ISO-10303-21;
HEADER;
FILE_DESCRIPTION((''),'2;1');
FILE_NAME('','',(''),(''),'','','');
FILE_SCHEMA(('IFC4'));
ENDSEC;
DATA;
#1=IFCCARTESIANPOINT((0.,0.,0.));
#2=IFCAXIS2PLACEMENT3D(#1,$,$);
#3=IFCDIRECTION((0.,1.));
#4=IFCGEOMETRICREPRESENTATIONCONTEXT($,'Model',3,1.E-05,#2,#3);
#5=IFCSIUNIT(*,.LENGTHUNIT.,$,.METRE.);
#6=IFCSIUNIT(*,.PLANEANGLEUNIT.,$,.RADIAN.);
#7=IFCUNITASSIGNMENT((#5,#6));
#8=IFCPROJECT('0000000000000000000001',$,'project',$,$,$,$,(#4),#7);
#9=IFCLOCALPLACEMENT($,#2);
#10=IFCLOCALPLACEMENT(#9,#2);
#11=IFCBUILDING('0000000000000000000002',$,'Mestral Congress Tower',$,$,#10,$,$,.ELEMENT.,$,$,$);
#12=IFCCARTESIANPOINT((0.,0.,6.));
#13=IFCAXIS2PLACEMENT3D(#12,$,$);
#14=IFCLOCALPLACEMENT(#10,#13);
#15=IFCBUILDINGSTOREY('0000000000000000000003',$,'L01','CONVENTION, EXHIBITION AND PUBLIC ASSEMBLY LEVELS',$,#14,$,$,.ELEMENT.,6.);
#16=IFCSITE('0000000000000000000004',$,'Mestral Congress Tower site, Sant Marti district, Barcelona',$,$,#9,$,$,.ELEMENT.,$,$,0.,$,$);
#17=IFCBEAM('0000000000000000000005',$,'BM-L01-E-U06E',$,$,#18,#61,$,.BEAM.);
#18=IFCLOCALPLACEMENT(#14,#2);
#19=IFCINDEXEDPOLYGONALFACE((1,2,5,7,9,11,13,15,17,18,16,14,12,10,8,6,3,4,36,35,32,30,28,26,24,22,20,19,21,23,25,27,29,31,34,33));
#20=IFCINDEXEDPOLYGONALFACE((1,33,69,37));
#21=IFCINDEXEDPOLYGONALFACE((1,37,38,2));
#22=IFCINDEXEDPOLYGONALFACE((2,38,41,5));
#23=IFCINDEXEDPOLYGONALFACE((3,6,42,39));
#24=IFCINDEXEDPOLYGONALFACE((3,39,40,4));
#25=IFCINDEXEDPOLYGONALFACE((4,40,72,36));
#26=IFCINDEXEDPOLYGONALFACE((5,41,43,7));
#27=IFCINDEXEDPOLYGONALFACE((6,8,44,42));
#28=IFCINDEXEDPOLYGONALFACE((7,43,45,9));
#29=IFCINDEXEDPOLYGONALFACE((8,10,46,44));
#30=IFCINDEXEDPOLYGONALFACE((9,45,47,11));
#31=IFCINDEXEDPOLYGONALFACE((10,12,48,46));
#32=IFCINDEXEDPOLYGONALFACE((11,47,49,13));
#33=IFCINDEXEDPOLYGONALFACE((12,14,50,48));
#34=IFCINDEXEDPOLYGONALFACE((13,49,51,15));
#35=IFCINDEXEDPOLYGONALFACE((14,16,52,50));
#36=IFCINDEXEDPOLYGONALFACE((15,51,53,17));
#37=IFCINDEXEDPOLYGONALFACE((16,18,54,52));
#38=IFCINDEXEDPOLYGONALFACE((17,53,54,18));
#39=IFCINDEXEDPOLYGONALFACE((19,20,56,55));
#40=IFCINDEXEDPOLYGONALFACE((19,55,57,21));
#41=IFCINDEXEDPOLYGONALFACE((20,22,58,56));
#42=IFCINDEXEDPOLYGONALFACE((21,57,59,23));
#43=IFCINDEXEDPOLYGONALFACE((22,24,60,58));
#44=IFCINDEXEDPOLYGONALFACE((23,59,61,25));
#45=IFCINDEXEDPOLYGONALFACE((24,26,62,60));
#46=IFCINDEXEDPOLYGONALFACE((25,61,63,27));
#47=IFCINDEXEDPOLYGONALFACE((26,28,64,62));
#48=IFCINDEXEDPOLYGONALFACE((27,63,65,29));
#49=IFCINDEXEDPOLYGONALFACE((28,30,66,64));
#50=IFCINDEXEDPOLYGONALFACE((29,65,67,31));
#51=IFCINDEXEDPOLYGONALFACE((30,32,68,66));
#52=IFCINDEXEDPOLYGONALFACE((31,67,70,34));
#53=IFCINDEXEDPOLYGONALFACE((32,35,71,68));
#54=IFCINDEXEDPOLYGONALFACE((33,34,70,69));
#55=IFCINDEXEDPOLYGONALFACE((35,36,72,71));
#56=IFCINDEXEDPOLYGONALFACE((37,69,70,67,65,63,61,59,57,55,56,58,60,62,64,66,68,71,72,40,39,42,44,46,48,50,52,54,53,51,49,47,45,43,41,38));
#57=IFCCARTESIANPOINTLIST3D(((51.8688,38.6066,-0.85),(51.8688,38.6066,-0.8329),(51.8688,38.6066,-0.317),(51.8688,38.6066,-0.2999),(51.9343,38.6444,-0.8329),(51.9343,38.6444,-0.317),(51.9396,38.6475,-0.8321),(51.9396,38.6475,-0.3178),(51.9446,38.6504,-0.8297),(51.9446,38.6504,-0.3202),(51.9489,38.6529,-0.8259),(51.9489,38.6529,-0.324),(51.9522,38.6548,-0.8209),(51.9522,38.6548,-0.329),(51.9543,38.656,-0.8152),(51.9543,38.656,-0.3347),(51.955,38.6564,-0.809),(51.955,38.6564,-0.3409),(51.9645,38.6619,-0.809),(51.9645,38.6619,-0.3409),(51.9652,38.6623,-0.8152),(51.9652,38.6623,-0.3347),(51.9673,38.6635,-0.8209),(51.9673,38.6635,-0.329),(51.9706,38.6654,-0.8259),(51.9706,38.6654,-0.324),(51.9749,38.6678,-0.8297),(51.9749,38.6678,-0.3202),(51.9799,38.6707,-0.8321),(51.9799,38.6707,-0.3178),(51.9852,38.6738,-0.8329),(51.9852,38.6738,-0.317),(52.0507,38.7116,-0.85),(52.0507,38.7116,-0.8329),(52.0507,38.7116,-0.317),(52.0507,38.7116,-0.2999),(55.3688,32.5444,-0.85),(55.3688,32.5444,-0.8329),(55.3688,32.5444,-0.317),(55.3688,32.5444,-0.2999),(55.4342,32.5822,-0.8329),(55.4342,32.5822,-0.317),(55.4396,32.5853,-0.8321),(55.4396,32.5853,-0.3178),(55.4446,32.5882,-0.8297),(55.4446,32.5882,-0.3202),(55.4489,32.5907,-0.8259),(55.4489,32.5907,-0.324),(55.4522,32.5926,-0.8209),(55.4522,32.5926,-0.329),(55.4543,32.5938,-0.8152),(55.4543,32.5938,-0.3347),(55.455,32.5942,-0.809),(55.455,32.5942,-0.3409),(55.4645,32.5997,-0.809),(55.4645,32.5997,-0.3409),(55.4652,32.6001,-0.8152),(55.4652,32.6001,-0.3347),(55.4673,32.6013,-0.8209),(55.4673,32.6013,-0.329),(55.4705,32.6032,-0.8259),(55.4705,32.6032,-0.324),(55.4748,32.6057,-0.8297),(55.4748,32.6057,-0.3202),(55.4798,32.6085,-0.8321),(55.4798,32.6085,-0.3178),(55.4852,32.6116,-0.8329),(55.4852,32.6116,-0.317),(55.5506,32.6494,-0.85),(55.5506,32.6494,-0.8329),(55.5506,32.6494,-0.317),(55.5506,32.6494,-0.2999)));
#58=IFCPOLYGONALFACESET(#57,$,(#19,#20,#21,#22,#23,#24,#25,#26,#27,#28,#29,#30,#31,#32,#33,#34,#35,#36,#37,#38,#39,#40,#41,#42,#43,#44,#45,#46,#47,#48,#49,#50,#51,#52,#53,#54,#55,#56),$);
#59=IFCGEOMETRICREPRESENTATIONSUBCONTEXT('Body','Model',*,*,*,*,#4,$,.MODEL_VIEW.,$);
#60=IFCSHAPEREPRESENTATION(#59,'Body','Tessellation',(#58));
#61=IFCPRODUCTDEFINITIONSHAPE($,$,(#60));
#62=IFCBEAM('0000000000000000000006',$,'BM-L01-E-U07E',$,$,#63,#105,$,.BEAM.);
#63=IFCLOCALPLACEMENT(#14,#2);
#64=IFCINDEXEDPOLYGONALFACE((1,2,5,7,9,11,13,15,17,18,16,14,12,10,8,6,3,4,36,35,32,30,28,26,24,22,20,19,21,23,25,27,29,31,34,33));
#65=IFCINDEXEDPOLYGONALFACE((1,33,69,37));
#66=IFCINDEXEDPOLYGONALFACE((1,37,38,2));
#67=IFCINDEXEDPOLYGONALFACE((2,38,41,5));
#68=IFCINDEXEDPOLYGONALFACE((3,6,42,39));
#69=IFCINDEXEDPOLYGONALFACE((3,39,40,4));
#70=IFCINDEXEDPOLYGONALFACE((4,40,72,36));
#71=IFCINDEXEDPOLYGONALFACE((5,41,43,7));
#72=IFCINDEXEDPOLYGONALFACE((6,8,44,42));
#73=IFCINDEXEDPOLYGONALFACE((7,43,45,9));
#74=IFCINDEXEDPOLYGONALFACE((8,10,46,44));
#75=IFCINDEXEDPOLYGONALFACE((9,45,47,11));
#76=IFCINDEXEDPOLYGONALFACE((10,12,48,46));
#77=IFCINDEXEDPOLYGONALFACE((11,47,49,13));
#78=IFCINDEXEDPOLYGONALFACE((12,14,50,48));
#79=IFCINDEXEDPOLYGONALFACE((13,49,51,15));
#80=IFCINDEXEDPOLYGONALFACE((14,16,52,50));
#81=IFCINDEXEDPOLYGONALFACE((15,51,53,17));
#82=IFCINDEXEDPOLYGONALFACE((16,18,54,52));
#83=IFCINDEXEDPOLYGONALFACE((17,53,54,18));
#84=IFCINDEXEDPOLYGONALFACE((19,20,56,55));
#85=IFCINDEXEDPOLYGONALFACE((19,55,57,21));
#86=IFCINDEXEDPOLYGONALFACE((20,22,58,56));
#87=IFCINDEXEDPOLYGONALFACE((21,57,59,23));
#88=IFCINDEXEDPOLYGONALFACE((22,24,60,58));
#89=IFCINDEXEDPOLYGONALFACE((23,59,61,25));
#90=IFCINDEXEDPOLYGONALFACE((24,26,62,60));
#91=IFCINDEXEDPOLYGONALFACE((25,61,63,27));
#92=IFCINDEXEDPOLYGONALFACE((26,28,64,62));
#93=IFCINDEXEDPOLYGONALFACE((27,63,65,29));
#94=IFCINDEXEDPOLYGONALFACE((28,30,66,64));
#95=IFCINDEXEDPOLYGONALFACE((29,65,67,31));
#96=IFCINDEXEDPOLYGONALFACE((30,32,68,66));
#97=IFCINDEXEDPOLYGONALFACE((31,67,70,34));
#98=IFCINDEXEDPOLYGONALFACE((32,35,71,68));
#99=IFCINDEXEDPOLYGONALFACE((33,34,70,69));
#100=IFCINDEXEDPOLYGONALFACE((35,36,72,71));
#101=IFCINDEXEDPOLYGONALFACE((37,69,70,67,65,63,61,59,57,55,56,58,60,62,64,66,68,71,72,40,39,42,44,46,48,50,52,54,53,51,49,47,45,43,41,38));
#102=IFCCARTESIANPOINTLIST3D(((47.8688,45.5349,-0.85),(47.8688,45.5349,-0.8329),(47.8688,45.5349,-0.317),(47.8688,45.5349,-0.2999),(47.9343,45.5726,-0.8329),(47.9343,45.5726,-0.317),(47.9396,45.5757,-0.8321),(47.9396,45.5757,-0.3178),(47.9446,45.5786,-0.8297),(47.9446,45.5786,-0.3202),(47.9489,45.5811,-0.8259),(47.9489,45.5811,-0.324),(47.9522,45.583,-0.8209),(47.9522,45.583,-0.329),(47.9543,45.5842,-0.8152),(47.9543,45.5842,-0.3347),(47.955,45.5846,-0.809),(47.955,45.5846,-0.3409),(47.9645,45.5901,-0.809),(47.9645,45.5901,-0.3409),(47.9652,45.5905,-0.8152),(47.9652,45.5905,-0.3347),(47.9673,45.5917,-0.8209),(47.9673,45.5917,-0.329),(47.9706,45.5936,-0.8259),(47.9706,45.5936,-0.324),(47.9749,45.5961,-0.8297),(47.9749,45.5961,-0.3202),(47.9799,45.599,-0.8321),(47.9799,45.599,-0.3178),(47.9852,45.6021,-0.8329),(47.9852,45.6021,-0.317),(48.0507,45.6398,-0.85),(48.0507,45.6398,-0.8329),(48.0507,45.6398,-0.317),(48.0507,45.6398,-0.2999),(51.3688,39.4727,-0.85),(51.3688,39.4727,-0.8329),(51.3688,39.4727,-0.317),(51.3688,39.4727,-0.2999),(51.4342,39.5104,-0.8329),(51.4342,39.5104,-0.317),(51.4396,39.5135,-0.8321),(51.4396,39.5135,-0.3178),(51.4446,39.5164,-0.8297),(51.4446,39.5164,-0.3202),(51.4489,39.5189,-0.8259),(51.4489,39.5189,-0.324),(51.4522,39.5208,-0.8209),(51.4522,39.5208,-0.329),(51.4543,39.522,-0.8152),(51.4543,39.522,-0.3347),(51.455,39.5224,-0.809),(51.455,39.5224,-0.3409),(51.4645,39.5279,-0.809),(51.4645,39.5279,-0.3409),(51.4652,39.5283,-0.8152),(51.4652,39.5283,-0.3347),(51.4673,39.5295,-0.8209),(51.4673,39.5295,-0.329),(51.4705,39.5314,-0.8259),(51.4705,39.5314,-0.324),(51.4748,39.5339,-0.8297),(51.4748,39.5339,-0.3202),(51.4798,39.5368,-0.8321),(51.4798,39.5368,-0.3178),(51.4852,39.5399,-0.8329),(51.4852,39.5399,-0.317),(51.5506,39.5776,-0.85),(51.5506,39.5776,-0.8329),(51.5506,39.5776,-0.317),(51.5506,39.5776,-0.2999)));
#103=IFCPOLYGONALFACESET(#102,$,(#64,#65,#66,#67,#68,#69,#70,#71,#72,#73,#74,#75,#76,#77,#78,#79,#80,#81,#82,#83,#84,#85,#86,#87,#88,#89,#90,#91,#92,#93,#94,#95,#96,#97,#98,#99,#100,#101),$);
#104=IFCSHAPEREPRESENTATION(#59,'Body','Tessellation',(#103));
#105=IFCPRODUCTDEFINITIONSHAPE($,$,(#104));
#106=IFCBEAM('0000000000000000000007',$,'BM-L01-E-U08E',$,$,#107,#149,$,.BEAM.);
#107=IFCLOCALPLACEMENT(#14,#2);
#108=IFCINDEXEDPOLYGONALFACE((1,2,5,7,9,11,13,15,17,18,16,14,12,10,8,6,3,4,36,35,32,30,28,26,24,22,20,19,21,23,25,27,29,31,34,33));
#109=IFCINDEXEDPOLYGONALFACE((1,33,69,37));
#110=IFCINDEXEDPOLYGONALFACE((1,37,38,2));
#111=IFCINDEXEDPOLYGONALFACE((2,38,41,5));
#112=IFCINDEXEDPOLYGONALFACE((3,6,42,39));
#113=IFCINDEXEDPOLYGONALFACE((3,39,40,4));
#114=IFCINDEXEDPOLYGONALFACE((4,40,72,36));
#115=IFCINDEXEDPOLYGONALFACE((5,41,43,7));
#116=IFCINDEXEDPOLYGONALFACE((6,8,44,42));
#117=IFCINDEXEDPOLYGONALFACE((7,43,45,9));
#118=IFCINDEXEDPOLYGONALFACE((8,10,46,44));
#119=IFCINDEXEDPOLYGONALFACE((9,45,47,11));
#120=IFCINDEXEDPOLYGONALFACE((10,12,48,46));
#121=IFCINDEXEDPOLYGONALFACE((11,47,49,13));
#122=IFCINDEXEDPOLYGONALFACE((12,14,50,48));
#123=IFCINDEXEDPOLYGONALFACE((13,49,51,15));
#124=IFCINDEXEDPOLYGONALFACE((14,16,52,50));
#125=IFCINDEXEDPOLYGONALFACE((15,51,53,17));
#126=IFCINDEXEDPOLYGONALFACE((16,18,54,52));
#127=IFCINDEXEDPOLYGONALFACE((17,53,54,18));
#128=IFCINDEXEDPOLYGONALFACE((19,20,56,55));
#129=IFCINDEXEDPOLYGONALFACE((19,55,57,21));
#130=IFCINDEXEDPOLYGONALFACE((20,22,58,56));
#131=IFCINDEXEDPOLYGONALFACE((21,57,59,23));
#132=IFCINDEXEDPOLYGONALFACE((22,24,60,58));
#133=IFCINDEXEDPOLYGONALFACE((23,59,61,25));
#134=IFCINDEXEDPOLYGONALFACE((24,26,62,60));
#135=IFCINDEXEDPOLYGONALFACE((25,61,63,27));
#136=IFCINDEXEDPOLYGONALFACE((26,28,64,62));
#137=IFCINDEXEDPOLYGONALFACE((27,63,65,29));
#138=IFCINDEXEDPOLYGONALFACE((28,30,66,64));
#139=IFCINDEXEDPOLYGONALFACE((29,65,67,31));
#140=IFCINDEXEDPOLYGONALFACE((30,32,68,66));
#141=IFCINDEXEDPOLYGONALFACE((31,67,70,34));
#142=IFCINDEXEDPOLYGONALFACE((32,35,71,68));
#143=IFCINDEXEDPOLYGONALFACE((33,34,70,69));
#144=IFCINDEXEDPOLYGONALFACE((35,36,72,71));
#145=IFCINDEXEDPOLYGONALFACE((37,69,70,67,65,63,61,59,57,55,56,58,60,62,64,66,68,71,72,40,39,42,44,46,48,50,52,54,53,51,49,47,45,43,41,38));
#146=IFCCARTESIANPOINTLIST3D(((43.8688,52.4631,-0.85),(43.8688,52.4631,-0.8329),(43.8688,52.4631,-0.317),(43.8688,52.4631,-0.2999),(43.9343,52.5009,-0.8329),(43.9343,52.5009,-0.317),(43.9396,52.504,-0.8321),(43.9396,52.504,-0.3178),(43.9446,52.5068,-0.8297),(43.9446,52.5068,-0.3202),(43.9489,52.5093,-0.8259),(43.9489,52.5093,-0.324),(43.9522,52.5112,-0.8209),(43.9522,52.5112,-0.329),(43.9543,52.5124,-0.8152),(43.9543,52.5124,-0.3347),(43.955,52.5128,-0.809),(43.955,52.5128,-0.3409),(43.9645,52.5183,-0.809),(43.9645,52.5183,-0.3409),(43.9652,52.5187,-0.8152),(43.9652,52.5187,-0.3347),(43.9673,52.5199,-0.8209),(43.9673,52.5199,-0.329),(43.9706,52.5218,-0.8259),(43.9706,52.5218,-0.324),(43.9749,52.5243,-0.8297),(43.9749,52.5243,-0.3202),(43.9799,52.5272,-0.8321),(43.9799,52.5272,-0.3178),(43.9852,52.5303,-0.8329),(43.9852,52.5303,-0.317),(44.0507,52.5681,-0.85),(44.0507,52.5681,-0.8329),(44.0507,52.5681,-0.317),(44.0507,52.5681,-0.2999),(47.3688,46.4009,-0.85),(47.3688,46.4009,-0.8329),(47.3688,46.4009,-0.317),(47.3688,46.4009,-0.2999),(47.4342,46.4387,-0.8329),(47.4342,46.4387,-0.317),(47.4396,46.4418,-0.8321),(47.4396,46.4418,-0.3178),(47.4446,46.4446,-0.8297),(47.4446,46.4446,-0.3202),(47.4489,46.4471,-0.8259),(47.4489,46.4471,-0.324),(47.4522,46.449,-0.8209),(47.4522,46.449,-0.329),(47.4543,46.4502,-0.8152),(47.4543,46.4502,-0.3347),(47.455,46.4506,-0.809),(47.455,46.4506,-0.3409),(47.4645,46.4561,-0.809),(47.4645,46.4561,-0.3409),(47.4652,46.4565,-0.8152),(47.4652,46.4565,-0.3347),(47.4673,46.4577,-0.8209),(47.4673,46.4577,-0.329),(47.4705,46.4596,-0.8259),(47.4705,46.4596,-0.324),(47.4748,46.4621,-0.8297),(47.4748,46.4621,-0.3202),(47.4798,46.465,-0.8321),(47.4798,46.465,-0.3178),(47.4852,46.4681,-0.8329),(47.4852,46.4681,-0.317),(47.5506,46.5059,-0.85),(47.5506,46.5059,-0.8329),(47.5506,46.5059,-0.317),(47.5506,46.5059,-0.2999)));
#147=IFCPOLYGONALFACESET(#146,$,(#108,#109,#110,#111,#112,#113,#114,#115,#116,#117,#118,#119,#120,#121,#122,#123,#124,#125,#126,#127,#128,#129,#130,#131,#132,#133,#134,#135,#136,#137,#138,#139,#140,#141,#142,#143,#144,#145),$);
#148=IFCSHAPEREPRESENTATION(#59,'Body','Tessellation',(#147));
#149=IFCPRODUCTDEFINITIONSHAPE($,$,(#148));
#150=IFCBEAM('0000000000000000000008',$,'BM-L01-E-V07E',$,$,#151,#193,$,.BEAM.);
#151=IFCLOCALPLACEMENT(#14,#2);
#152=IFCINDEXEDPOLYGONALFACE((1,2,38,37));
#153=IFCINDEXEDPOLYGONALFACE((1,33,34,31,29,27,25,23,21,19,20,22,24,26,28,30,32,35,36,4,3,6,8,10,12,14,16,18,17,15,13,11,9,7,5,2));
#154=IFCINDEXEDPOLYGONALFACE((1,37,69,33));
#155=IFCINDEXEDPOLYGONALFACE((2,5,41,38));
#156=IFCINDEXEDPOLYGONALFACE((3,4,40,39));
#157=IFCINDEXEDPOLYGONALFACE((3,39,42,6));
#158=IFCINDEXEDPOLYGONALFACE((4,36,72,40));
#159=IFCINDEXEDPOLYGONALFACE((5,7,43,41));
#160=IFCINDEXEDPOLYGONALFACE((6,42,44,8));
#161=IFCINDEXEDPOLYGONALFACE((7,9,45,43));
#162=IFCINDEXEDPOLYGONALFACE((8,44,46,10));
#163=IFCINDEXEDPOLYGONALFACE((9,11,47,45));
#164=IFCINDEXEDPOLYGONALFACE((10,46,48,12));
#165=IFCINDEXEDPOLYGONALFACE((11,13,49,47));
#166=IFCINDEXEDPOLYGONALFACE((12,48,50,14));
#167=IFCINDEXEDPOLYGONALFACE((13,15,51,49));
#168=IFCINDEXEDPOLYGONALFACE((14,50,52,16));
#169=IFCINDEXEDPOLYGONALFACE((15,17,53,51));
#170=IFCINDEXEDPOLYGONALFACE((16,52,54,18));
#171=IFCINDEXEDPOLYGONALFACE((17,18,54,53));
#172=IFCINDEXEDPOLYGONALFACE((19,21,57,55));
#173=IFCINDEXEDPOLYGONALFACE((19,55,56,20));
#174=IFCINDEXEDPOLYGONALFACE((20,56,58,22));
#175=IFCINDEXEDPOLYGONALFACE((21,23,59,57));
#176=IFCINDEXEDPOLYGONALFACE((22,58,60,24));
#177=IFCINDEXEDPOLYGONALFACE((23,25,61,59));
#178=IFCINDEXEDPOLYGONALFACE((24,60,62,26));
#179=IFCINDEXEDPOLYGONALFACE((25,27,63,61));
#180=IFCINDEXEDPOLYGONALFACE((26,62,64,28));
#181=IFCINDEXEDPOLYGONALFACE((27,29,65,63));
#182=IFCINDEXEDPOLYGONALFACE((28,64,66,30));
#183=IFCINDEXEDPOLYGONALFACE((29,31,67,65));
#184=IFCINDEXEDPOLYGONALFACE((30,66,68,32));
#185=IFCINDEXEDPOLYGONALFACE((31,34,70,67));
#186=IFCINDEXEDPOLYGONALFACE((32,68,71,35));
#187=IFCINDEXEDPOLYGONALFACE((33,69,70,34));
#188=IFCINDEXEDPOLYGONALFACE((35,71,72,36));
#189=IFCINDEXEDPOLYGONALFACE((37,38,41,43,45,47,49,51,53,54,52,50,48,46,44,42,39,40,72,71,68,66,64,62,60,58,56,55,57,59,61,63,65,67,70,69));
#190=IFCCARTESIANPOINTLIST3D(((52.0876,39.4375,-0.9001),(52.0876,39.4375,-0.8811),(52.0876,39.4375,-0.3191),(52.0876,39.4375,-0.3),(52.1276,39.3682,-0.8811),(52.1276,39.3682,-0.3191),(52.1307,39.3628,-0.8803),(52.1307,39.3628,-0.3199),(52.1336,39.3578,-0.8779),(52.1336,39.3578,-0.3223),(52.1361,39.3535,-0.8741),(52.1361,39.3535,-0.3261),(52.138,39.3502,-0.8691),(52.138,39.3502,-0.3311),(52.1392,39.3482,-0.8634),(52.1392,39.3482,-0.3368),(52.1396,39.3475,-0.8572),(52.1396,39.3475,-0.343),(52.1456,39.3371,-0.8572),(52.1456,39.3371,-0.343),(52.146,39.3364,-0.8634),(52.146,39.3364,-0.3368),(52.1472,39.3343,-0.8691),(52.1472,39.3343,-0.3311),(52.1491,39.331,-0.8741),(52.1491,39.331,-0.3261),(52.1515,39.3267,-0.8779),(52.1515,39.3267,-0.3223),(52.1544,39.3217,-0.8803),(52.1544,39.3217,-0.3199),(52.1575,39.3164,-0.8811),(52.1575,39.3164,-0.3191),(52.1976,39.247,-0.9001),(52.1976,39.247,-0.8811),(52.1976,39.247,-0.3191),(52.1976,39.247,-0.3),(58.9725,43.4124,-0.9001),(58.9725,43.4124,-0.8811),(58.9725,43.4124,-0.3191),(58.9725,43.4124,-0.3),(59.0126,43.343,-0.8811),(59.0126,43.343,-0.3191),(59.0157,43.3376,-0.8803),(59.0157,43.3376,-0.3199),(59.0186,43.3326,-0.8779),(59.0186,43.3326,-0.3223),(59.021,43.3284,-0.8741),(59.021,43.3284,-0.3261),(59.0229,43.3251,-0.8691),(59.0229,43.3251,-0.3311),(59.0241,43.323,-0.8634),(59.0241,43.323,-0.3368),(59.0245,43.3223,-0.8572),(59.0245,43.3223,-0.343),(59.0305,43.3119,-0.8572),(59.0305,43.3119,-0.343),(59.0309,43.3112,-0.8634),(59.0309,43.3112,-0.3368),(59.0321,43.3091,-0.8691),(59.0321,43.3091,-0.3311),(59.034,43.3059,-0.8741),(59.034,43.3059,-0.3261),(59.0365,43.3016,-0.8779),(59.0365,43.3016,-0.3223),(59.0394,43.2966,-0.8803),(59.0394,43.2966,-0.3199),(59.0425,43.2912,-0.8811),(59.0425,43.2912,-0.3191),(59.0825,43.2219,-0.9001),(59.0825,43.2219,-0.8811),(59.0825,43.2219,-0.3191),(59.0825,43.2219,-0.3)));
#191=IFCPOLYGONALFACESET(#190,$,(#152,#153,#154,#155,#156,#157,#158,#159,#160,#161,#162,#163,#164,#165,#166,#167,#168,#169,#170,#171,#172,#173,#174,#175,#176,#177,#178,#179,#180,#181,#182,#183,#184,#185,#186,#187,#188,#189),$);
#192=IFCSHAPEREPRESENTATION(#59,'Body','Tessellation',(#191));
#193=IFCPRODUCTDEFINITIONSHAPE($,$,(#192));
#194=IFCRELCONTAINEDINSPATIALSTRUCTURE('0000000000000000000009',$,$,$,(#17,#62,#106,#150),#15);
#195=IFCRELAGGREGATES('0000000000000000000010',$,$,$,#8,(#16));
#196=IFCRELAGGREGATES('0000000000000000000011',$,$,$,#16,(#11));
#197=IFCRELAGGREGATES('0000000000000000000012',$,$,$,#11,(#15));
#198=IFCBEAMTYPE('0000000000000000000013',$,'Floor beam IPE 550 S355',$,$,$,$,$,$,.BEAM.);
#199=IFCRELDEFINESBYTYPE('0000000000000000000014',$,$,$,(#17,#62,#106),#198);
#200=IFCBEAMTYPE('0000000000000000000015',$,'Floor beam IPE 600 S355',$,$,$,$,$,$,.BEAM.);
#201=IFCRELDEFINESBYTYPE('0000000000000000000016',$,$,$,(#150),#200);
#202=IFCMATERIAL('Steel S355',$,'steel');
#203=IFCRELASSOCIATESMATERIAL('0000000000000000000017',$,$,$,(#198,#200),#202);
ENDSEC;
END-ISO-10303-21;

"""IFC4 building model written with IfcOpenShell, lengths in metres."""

from ifc_helpers import new_model, si_unit, direction, frame, origin, origin_2d, place, context, subcontext, project, spatial, i_section, extrude, material, material_profile, profile_set, type_object, element, save


model = new_model("IFC4")

# Units and contexts
model_context = context("Model", 3, precision=1e-05, world=origin(), true_north=direction((0.0, 1.0)))
body_context = subcontext(model_context, "Body", "Model", "MODEL_VIEW")
ifc_project = project(units=[si_unit("LENGTHUNIT", "METRE"), si_unit("PLANEANGLEUNIT", "RADIAN")], contexts=[model_context])

# Site, building, storey
site_placement = place(None, origin())
site = spatial("IfcSite", under=ifc_project, at=site_placement, Name="Mestral Congress Tower site, Sant Marti district, Barcelona", CompositionType="ELEMENT", RefElevation=0.0)
building_placement = place(site_placement, origin())
building = spatial("IfcBuilding", under=site, at=building_placement, Name="Mestral Congress Tower", CompositionType="ELEMENT")
storey_placement = place(building_placement, frame((0.0, 0.0, 6.0)))
storey = spatial("IfcBuildingStorey", under=building, at=storey_placement, Name="L01", Description="CONVENTION, EXHIBITION AND PUBLIC ASSEMBLY LEVELS", CompositionType="ELEMENT", Elevation=6.0)

# Beams
ifc_material = material(Name="Steel S355", Category="steel")
ifc_material_profile_1 = material_profile(ifc_material, i_section(OverallWidth=0.21, OverallDepth=0.55, WebThickness=0.011, FlangeThickness=0.0171, FilletRadius=0.0239, at=origin_2d()), Name="IPE 550")
ifc_profile_set_1 = profile_set([ifc_material_profile_1], Name="Steel S355")
beam_type_1 = type_object("IfcBeamType", Name="Floor beam IPE 550 S355", PredefinedType="BEAM", material=ifc_profile_set_1)
for number, where, z_axis, x_axis, name in (
    (1, (55.4597, 32.5969, -0.575), (-0.499995, 0.866028, 0.0), (-0.866028, -0.499995, 0.0), "BM-L01-E-U06E"),
    (2, (51.4597, 39.5251, -0.575), (-0.499995, 0.866028, 0.0), (-0.866028, -0.499995, 0.0), "BM-L01-E-U07E"),
    (3, (47.4597, 46.4534, -0.575), (-0.499995, 0.866028, 0.0), (-0.866028, -0.499995, 0.0), "BM-L01-E-U08E"),
):
    element("IfcBeam", number, at=place(storey_placement, frame(where, z_axis=z_axis, x_axis=x_axis)), inside=storey, type_object=beam_type_1, Name=name, PredefinedType="BEAM", context=body_context, shape_type="SweptSolid", body=[
        extrude(i_section(OverallWidth=0.21, OverallDepth=0.55, WebThickness=0.011, FlangeThickness=0.0171, FilletRadius=0.0239, at=origin_2d()), origin(), (0.0, 0.0, 1.0), 7.0),
    ])
ifc_material_profile_2 = material_profile(ifc_material, i_section(OverallWidth=0.22, OverallDepth=0.6001, WebThickness=0.012, FlangeThickness=0.019, FilletRadius=0.0239, at=origin_2d()), Name="IPE 600")
ifc_profile_set_2 = profile_set([ifc_material_profile_2], Name="Steel S355")
beam_type_2 = type_object("IfcBeamType", Name="Floor beam IPE 600 S355", PredefinedType="BEAM", material=ifc_profile_set_2)
for number, where, z_axis, x_axis, name in (
    (4, (52.1426, 39.3423, -0.6001), (0.866037, 0.49998, 0.0), (-0.49998, 0.866037, 0.0), "BM-L01-E-V07E"),
):
    element("IfcBeam", number, at=place(storey_placement, frame(where, z_axis=z_axis, x_axis=x_axis)), inside=storey, type_object=beam_type_2, Name=name, PredefinedType="BEAM", context=body_context, shape_type="SweptSolid", body=[
        extrude(i_section(OverallWidth=0.22, OverallDepth=0.6001, WebThickness=0.012, FlangeThickness=0.019, FilletRadius=0.0239, at=origin_2d()), origin(), (0.0, 0.0, 1.0), 7.95),
    ])

save(model, "model.ifc")
